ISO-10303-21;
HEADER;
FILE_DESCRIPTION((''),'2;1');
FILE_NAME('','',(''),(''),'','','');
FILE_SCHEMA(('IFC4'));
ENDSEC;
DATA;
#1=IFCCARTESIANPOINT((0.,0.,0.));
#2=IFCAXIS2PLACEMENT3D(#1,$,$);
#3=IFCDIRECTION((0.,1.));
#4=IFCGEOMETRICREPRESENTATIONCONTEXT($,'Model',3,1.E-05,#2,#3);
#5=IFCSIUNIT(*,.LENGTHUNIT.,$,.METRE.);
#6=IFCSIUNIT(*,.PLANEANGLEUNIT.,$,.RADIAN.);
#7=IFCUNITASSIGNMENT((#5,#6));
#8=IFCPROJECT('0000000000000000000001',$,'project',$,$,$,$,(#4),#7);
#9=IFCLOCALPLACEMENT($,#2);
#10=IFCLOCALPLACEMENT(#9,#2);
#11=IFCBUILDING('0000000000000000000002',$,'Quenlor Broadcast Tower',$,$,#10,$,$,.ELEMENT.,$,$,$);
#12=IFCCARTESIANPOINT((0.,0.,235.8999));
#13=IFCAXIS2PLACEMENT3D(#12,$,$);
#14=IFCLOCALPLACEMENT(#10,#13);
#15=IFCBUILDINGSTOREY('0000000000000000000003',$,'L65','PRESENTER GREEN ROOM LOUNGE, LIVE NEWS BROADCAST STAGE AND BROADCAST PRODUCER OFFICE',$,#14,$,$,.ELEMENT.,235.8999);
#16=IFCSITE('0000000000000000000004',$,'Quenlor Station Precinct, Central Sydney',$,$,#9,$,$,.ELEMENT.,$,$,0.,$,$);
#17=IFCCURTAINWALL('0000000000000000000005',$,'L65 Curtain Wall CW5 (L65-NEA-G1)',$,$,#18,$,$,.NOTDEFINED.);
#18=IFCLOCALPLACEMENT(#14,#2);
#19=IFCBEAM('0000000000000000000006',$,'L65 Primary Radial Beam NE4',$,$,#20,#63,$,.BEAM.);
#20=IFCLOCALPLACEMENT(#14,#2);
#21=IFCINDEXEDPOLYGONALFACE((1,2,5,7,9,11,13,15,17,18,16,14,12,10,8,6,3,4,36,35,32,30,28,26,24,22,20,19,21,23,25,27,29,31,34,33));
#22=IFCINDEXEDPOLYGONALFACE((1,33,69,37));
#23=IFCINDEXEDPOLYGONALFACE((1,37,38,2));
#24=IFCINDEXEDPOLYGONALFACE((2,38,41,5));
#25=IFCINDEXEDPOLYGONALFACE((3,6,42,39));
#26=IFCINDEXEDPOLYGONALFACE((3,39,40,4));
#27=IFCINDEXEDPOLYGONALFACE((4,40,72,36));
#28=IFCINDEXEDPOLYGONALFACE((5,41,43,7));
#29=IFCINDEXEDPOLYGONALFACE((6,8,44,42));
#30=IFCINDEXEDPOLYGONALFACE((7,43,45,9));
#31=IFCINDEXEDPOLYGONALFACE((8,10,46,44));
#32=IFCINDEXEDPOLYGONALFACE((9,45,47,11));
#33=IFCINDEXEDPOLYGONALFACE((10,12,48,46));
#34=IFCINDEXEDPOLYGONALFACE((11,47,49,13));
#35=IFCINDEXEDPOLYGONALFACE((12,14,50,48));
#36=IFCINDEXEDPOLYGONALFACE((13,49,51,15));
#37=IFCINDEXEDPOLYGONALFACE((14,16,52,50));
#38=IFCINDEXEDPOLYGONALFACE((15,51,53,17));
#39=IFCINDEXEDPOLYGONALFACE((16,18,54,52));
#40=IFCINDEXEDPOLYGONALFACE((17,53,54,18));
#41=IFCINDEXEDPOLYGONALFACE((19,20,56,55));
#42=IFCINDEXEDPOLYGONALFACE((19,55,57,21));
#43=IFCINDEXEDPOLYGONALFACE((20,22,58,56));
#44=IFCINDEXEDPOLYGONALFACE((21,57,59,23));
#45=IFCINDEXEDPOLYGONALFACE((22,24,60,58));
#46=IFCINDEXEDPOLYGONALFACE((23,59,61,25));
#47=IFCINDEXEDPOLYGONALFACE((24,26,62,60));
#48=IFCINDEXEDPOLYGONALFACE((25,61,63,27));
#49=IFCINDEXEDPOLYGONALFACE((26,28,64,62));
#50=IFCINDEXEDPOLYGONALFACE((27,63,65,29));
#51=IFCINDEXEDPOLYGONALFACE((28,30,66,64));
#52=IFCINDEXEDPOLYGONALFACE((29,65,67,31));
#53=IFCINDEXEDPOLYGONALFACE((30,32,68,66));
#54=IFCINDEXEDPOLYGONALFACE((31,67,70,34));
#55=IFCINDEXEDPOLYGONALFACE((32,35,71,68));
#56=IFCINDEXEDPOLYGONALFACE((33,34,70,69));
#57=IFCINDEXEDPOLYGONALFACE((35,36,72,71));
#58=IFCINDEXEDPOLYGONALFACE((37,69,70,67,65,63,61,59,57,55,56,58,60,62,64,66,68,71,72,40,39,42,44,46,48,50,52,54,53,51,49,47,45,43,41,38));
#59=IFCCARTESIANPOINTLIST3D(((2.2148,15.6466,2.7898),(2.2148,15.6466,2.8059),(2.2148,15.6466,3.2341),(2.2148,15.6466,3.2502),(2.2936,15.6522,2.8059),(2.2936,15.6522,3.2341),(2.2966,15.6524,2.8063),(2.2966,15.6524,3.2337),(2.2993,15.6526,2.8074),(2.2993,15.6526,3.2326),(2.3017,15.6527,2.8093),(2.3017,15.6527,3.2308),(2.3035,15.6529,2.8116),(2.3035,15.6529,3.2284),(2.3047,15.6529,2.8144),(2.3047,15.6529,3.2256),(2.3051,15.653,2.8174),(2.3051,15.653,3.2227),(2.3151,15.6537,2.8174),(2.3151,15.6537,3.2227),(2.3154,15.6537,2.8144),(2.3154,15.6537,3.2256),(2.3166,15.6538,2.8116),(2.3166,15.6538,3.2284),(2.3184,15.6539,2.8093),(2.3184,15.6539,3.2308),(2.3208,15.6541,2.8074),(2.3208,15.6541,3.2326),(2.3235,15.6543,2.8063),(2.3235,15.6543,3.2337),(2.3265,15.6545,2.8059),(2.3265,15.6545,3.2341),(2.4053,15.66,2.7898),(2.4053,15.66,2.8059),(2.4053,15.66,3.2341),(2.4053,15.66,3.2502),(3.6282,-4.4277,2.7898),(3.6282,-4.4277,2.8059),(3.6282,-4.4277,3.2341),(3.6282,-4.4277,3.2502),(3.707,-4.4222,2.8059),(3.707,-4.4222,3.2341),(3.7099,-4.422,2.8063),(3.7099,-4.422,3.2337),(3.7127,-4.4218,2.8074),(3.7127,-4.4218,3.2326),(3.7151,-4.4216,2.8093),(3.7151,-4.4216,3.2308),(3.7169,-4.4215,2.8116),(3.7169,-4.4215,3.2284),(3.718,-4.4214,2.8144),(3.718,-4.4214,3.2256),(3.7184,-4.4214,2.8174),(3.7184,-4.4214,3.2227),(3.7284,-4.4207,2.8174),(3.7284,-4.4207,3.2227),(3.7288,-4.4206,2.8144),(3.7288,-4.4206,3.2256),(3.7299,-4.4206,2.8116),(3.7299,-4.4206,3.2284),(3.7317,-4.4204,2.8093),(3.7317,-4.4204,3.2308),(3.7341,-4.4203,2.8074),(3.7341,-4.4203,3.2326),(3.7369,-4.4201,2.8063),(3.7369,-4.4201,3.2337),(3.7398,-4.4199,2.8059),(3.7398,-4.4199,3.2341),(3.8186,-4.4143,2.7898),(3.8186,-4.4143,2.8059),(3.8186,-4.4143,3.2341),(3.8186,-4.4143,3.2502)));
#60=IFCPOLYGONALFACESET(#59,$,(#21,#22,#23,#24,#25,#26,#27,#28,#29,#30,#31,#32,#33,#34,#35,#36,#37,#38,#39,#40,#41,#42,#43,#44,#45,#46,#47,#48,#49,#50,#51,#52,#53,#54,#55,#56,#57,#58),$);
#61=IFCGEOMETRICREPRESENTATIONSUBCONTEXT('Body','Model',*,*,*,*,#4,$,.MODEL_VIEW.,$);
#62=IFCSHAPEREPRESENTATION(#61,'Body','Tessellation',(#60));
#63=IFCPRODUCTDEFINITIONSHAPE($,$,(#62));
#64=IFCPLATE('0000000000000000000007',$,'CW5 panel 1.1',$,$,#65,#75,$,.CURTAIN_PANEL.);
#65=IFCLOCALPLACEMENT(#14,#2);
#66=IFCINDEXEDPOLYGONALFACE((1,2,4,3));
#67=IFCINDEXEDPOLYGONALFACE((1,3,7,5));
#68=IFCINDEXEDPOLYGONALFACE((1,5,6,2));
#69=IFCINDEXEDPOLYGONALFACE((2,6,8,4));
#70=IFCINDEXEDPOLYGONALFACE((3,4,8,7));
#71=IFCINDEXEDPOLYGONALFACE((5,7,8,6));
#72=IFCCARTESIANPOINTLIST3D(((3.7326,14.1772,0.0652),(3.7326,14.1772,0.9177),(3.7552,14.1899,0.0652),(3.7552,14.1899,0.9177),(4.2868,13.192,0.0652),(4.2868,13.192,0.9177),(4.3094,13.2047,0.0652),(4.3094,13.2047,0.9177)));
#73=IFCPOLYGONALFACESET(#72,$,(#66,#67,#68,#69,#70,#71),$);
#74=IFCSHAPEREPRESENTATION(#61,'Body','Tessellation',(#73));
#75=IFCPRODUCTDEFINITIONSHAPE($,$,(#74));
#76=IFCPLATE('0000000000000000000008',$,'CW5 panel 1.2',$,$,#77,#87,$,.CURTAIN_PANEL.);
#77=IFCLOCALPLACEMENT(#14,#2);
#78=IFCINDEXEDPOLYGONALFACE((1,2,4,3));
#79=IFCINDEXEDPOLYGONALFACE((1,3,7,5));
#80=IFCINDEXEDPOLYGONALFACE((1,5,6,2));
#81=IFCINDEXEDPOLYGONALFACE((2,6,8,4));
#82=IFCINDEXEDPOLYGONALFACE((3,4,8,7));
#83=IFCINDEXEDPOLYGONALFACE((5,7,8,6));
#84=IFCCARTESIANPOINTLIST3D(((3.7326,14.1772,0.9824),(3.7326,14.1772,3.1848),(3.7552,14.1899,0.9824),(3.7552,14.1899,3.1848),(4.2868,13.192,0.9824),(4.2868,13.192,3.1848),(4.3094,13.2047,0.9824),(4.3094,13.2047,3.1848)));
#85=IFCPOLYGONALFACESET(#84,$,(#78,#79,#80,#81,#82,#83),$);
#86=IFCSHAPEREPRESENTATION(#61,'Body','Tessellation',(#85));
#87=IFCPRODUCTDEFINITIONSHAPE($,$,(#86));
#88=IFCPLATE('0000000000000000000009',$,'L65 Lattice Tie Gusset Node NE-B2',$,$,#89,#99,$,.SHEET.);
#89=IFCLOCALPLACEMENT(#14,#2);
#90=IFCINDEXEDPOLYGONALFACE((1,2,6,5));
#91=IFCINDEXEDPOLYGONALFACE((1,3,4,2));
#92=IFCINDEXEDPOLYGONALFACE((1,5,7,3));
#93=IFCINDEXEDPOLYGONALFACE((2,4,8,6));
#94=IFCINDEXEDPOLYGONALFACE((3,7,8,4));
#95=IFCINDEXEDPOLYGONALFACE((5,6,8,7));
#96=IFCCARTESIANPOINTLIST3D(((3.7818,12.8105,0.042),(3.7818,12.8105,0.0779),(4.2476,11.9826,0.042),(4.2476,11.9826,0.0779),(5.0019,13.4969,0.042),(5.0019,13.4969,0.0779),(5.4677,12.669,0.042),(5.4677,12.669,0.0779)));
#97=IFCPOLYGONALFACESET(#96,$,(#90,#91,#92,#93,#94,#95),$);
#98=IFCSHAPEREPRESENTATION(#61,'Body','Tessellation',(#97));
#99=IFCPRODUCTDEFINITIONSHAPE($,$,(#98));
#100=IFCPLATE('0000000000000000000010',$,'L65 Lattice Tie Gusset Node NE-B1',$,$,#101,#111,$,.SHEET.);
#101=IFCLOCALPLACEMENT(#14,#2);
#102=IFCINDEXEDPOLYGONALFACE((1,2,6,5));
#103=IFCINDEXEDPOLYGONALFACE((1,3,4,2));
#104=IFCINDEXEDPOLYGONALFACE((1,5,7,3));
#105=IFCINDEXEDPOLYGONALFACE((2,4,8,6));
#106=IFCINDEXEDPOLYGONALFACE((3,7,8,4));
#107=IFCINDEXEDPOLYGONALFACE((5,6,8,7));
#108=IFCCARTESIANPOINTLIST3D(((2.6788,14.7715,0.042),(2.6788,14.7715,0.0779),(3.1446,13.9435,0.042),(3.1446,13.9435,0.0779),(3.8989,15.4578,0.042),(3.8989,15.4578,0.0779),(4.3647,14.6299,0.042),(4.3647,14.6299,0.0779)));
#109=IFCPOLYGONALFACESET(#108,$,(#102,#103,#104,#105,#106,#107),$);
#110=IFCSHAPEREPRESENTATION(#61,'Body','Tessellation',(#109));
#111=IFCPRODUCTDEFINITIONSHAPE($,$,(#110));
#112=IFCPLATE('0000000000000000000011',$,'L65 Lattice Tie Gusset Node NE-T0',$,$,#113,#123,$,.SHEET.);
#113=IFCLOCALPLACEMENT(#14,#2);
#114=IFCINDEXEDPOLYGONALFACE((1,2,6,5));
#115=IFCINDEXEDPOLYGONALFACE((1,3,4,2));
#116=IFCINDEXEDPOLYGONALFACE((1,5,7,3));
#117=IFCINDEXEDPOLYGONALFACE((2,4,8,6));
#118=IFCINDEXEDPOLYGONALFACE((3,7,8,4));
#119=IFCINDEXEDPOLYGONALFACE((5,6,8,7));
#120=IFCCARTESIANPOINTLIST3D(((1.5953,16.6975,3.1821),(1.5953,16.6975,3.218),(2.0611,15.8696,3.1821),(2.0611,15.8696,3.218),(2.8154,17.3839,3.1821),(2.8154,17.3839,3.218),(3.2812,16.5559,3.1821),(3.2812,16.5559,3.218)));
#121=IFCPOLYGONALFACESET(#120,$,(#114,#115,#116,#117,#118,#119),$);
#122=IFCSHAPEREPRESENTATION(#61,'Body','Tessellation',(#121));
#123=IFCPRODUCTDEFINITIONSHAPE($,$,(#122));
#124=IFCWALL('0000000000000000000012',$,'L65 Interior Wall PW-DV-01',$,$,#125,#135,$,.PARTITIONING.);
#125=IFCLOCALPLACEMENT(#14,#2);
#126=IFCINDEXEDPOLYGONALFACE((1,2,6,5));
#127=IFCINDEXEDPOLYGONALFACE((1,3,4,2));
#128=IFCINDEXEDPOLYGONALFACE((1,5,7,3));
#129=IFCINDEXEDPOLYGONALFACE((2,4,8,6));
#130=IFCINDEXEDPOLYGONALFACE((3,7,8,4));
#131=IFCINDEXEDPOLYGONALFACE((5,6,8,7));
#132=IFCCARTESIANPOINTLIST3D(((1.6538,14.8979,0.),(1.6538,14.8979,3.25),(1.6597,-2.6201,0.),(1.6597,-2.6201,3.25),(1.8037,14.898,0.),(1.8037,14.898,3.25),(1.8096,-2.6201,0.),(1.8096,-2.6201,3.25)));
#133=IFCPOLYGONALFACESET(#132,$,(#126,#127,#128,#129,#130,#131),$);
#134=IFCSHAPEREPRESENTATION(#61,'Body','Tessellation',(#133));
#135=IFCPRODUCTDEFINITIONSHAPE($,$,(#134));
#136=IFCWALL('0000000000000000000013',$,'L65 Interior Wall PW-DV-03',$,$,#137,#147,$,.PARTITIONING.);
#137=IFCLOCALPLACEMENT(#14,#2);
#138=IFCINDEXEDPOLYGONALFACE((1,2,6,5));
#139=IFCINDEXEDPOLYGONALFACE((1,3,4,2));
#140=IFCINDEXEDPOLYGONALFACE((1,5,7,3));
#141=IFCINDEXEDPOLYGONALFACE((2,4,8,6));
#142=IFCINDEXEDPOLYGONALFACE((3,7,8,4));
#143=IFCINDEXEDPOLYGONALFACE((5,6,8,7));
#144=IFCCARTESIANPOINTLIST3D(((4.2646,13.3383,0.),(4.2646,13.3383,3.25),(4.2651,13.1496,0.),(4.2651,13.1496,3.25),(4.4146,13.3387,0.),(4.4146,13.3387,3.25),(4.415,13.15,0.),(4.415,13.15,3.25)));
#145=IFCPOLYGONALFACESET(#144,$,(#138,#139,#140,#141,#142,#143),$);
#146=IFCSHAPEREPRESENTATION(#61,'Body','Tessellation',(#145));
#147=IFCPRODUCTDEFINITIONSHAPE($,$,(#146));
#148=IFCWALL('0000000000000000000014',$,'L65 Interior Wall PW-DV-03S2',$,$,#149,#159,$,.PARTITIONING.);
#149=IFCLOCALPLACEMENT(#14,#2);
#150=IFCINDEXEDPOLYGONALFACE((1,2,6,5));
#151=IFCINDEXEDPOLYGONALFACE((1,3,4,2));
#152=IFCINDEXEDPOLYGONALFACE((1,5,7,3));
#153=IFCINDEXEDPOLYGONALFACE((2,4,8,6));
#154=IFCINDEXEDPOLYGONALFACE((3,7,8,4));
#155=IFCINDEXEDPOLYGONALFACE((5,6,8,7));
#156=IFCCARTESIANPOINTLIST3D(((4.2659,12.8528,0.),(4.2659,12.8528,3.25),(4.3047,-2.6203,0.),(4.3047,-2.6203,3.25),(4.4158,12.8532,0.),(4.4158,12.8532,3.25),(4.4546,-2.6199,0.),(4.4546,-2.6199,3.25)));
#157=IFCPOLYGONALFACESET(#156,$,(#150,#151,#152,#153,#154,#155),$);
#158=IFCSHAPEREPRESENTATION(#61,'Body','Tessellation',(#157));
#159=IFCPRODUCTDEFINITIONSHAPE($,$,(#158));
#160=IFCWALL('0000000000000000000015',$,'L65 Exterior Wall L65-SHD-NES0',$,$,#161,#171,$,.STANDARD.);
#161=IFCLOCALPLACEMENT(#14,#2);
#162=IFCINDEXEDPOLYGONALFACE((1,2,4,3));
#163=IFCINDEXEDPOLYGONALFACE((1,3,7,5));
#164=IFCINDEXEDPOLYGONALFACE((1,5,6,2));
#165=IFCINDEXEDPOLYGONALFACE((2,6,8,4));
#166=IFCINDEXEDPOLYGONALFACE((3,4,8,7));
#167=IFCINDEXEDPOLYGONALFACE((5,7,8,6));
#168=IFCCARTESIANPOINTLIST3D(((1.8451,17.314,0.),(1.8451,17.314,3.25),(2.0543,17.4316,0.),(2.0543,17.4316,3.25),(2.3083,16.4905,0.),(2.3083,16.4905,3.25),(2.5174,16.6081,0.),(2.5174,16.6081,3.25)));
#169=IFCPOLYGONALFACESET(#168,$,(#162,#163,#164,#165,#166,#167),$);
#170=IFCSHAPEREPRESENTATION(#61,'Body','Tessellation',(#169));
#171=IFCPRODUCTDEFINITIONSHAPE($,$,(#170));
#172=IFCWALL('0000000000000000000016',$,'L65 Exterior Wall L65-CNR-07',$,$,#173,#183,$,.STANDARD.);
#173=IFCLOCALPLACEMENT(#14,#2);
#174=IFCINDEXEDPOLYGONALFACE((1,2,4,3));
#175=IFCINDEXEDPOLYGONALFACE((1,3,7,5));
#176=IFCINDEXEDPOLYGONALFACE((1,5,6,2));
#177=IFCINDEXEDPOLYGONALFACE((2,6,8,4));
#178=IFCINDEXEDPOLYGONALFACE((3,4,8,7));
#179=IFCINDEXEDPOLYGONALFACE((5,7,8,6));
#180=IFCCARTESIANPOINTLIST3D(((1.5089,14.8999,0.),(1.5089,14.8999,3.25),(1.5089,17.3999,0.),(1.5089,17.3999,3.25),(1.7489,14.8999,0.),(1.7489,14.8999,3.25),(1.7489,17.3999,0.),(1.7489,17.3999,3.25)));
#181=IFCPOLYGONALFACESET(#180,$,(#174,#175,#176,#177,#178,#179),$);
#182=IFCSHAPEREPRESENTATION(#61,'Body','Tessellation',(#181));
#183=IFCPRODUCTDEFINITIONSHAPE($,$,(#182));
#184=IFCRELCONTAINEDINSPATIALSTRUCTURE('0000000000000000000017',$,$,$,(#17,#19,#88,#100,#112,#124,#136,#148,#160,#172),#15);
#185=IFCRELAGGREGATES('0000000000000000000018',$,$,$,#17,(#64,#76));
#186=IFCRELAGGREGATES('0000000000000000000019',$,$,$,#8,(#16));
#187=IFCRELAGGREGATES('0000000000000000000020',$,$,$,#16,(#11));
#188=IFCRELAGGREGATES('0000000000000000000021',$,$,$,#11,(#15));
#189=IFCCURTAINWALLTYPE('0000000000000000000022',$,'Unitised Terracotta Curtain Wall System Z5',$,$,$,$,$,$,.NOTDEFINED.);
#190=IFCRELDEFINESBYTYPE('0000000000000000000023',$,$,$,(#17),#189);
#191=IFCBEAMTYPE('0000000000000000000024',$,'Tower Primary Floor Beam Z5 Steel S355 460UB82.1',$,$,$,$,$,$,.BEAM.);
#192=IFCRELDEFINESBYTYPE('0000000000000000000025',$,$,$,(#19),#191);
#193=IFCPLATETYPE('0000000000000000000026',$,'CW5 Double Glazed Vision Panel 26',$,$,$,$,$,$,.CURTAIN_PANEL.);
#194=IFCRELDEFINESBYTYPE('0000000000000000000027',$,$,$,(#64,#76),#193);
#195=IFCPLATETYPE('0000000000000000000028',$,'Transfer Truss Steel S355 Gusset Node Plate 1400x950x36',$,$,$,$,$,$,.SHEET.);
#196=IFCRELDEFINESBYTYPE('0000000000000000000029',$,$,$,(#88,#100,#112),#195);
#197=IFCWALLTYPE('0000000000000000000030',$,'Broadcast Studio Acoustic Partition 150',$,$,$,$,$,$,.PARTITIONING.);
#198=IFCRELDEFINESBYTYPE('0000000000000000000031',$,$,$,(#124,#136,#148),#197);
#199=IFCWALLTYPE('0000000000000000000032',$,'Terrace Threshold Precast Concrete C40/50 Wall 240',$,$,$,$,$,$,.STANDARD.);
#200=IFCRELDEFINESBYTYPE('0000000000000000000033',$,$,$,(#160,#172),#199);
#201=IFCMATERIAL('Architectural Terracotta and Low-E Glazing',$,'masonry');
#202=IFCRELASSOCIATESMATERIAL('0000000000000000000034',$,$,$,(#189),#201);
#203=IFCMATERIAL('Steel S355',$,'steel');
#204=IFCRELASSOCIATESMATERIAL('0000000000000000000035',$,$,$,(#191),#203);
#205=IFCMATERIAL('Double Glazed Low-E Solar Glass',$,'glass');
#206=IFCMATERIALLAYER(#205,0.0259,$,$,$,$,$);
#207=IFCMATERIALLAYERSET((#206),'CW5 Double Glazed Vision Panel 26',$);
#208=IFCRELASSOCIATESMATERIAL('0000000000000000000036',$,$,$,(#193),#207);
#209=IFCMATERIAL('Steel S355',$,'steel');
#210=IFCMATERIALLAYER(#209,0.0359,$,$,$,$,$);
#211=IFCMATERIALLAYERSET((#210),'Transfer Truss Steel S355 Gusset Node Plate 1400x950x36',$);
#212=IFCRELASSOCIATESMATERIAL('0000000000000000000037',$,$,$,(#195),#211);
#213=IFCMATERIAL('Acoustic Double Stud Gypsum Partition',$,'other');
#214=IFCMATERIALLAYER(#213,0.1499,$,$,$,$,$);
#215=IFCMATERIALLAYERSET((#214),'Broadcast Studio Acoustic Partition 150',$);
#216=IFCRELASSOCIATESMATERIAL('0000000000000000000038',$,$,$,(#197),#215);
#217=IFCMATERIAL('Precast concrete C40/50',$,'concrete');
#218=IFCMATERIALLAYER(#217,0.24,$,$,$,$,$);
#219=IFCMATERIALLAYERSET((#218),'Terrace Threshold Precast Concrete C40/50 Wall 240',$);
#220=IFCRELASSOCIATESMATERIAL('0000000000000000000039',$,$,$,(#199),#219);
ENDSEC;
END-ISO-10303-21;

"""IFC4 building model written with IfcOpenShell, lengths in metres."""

from ifc_helpers import new_model, si_unit, direction, frame, frame_2d, origin, origin_2d, place, context, subcontext, project, spatial, rectangle, i_section, extrude, material, layer, layer_set, material_profile, profile_set, type_object, element, aggregate, save


model = new_model("IFC4")

# Units and contexts
model_context = context("Model", 3, precision=1e-05, world=origin(), true_north=direction((0.0, 1.0)))
body_context = subcontext(model_context, "Body", "Model", "MODEL_VIEW")
ifc_project = project(units=[si_unit("LENGTHUNIT", "METRE"), si_unit("PLANEANGLEUNIT", "RADIAN")], contexts=[model_context])

# Site, building, storey
site_placement = place(None, origin())
site = spatial("IfcSite", under=ifc_project, at=site_placement, Name="Quenlor Station Precinct, Central Sydney", CompositionType="ELEMENT", RefElevation=0.0)
building_placement = place(site_placement, origin())
building = spatial("IfcBuilding", under=site, at=building_placement, Name="Quenlor Broadcast Tower", CompositionType="ELEMENT")
storey_placement = place(building_placement, frame((0.0, 0.0, 235.8999)))
storey = spatial("IfcBuildingStorey", under=building, at=storey_placement, Name="L65", Description="PRESENTER GREEN ROOM LOUNGE, LIVE NEWS BROADCAST STAGE AND BROADCAST PRODUCER OFFICE", CompositionType="ELEMENT", Elevation=235.8999)

# Curtain wall
ifc_material_1 = material(Name="Architectural Terracotta and Low-E Glazing", Category="masonry")
curtain_wall_type = type_object("IfcCurtainWallType", Name="Unitised Terracotta Curtain Wall System Z5", PredefinedType="NOTDEFINED", material=ifc_material_1)
curtain_wall_placement = place(storey_placement, origin())
curtain_wall = element("IfcCurtainWall", 1, at=curtain_wall_placement, inside=storey, type_object=curtain_wall_type, Name="L65 Curtain Wall CW5 (L65-NEA-G1)", PredefinedType="NOTDEFINED")

# Beam
ifc_material_2 = material(Name="Steel S355", Category="steel")
ifc_material_profile_1 = material_profile(ifc_material_2, i_section(OverallWidth=0.1909, OverallDepth=0.4604, WebThickness=0.01, FlangeThickness=0.0161, FilletRadius=0.0115, at=origin_2d()))
ifc_profile_set_1 = profile_set([ifc_material_profile_1], Name="Steel S355 460UB82.1")
beam_type_1 = type_object("IfcBeamType", Name="Tower Primary Floor Beam Z5 Steel S355 460UB82.1", PredefinedType="BEAM", material=ifc_profile_set_1)
beam_1_placement = place(storey_placement, frame((2.3101, 15.6533, 3.02), z_axis=(0.070231, -0.997531, 0.0), x_axis=(0.997531, 0.070231, 0.0)))
element("IfcBeam", 2, at=beam_1_placement, inside=storey, type_object=beam_type_1, Name="L65 Primary Radial Beam NE4", PredefinedType="BEAM", context=body_context, shape_type="SweptSolid", body=[
    extrude(i_section(OverallWidth=0.1909, OverallDepth=0.4604, WebThickness=0.01, FlangeThickness=0.0161, FilletRadius=0.0115, at=origin_2d()), origin(), (0.0, 0.0, 1.0), 20.124),
])

# Plates
ifc_material_3 = material(Name="Double Glazed Low-E Solar Glass", Category="glass")
ifc_layer_1 = layer(ifc_material_3, 0.0259)
ifc_layer_set_1 = layer_set([ifc_layer_1], Name="CW5 Double Glazed Vision Panel 26")
plate_type_1 = type_object("IfcPlateType", Name="CW5 Double Glazed Vision Panel 26", PredefinedType="CURTAIN_PANEL", material=ifc_layer_set_1)
plate_1_placement = place(storey_placement, frame((4.021, 13.6909, 0.0652), z_axis=(0.0, 0.0, 1.0), x_axis=(0.490291, -0.871559, 0.0)))
plate_1 = element("IfcPlate", 3, at=plate_1_placement, type_object=plate_type_1, Name="CW5 panel 1.1", PredefinedType="CURTAIN_PANEL", context=body_context, shape_type="SweptSolid", body=[
    extrude(rectangle(XDim=1.1304, YDim=0.0259, at=origin_2d()), origin(), (0.0, 0.0, 1.0), 0.8525),
])
plate_2_placement = place(storey_placement, frame((4.021, 13.6909, 0.9824), z_axis=(0.0, 0.0, 1.0), x_axis=(0.490291, -0.871559, 0.0)))
plate_2 = element("IfcPlate", 4, at=plate_2_placement, type_object=plate_type_1, Name="CW5 panel 1.2", PredefinedType="CURTAIN_PANEL", context=body_context, shape_type="SweptSolid", body=[
    extrude(rectangle(XDim=1.1304, YDim=0.0259, at=origin_2d()), origin(), (0.0, 0.0, 1.0), 2.2024),
])
aggregate(curtain_wall, [plate_1, plate_2])

# Plates
ifc_material_4 = material(Name="Steel S355", Category="steel")
ifc_layer_2 = layer(ifc_material_4, 0.0359)
ifc_layer_set_2 = layer_set([ifc_layer_2], Name="Transfer Truss Steel S355 Gusset Node Plate 1400x950x36")
plate_type_2 = type_object("IfcPlateType", Name="Transfer Truss Steel S355 Gusset Node Plate 1400x950x36", PredefinedType="SHEET", material=ifc_layer_set_2)
for number, where, z_axis, x_axis, name in (
    (5, (4.6248, 12.7397, 0.042), (0.0, 0.0, 1.0), (0.871556, 0.490295, 0.0), "L65 Lattice Tie Gusset Node NE-B2"),
    (6, (3.5217, 14.7007, 0.042), (0.0, 0.0, 1.0), (0.871556, 0.490295, 0.0), "L65 Lattice Tie Gusset Node NE-B1"),
    (7, (2.4382, 16.6267, 3.1821), (0.0, 0.0, 1.0), (0.871556, 0.490295, 0.0), "L65 Lattice Tie Gusset Node NE-T0"),
):
    element("IfcPlate", number, at=place(storey_placement, frame(where, z_axis=z_axis, x_axis=x_axis)), inside=storey, type_object=plate_type_2, Name=name, PredefinedType="SHEET", context=body_context, shape_type="SweptSolid", body=[
        extrude(rectangle(XDim=1.3999, YDim=0.95, at=origin_2d()), origin(), (0.0, 0.0, 1.0), 0.0359),
    ])

# Walls
ifc_material_5 = material(Name="Acoustic Double Stud Gypsum Partition", Category="other")
ifc_layer_3 = layer(ifc_material_5, 0.1499)
ifc_layer_set_3 = layer_set([ifc_layer_3], Name="Broadcast Studio Acoustic Partition 150")
wall_type_1 = type_object("IfcWallType", Name="Broadcast Studio Acoustic Partition 150", PredefinedType="PARTITIONING", material=ifc_layer_set_3)
wall_1_placement = place(storey_placement, frame((1.7288, 14.8979, 0.0), z_axis=(0.0, 0.0, 1.0), x_axis=(0.000334, -1.0, 0.0)))
element("IfcWall", 8, at=wall_1_placement, inside=storey, type_object=wall_type_1, Name="L65 Interior Wall PW-DV-01", PredefinedType="PARTITIONING", context=body_context, shape_type="SweptSolid", body=[
    extrude(rectangle(XDim=17.5181, YDim=0.1499, at=frame_2d((8.759, 0.0))), origin(), (0.0, 0.0, 1.0), 3.25),
])
wall_2_placement = place(storey_placement, frame((4.3396, 13.3384, 0.0), z_axis=(0.0, 0.0, 1.0), x_axis=(0.002587, -0.999997, 0.0)))
element("IfcWall", 9, at=wall_2_placement, inside=storey, type_object=wall_type_1, Name="L65 Interior Wall PW-DV-03", PredefinedType="PARTITIONING", context=body_context, shape_type="SweptSolid", body=[
    extrude(rectangle(XDim=0.1887, YDim=0.1499, at=frame_2d((0.0942, 0.0))), origin(), (0.0, 0.0, 1.0), 3.25),
])
wall_3_placement = place(storey_placement, frame((4.3408, 12.853, 0.0), z_axis=(0.0, 0.0, 1.0), x_axis=(0.002509, -0.999997, 0.0)))
element("IfcWall", 10, at=wall_3_placement, inside=storey, type_object=wall_type_1, Name="L65 Interior Wall PW-DV-03S2", PredefinedType="PARTITIONING", context=body_context, shape_type="SweptSolid", body=[
    extrude(rectangle(XDim=15.4731, YDim=0.1499, at=frame_2d((7.7366, 0.0))), origin(), (0.0, 0.0, 1.0), 3.25),
])
ifc_material_6 = material(Name="Precast concrete C40/50", Category="concrete")
ifc_layer_4 = layer(ifc_material_6, 0.24)
ifc_layer_set_4 = layer_set([ifc_layer_4], Name="Terrace Threshold Precast Concrete C40/50 Wall 240")
wall_type_2 = type_object("IfcWallType", Name="Terrace Threshold Precast Concrete C40/50 Wall 240", PredefinedType="STANDARD", material=ifc_layer_set_4)
wall_4_placement = place(storey_placement, frame((1.9497, 17.3728, 0.0), z_axis=(0.0, 0.0, 1.0), x_axis=(0.4902, -0.87161, 0.0)))
element("IfcWall", 11, at=wall_4_placement, inside=storey, type_object=wall_type_2, Name="L65 Exterior Wall L65-SHD-NES0", PredefinedType="STANDARD", context=body_context, shape_type="SweptSolid", body=[
    extrude(rectangle(XDim=0.9448, YDim=0.24, at=frame_2d((0.4724, 0.0))), origin(), (0.0, 0.0, 1.0), 3.25),
])
wall_5_placement = place(storey_placement, frame((1.6289, 17.3999, 0.0), z_axis=(0.0, 0.0, 1.0), x_axis=(0.0, -1.0, 0.0)))
element("IfcWall", 12, at=wall_5_placement, inside=storey, type_object=wall_type_2, Name="L65 Exterior Wall L65-CNR-07", PredefinedType="STANDARD", context=body_context, shape_type="SweptSolid", body=[
    extrude(rectangle(XDim=2.5, YDim=0.24, at=frame_2d((1.25, 0.0))), origin(), (0.0, 0.0, 1.0), 3.25),
])

save(model, "model.ifc")
